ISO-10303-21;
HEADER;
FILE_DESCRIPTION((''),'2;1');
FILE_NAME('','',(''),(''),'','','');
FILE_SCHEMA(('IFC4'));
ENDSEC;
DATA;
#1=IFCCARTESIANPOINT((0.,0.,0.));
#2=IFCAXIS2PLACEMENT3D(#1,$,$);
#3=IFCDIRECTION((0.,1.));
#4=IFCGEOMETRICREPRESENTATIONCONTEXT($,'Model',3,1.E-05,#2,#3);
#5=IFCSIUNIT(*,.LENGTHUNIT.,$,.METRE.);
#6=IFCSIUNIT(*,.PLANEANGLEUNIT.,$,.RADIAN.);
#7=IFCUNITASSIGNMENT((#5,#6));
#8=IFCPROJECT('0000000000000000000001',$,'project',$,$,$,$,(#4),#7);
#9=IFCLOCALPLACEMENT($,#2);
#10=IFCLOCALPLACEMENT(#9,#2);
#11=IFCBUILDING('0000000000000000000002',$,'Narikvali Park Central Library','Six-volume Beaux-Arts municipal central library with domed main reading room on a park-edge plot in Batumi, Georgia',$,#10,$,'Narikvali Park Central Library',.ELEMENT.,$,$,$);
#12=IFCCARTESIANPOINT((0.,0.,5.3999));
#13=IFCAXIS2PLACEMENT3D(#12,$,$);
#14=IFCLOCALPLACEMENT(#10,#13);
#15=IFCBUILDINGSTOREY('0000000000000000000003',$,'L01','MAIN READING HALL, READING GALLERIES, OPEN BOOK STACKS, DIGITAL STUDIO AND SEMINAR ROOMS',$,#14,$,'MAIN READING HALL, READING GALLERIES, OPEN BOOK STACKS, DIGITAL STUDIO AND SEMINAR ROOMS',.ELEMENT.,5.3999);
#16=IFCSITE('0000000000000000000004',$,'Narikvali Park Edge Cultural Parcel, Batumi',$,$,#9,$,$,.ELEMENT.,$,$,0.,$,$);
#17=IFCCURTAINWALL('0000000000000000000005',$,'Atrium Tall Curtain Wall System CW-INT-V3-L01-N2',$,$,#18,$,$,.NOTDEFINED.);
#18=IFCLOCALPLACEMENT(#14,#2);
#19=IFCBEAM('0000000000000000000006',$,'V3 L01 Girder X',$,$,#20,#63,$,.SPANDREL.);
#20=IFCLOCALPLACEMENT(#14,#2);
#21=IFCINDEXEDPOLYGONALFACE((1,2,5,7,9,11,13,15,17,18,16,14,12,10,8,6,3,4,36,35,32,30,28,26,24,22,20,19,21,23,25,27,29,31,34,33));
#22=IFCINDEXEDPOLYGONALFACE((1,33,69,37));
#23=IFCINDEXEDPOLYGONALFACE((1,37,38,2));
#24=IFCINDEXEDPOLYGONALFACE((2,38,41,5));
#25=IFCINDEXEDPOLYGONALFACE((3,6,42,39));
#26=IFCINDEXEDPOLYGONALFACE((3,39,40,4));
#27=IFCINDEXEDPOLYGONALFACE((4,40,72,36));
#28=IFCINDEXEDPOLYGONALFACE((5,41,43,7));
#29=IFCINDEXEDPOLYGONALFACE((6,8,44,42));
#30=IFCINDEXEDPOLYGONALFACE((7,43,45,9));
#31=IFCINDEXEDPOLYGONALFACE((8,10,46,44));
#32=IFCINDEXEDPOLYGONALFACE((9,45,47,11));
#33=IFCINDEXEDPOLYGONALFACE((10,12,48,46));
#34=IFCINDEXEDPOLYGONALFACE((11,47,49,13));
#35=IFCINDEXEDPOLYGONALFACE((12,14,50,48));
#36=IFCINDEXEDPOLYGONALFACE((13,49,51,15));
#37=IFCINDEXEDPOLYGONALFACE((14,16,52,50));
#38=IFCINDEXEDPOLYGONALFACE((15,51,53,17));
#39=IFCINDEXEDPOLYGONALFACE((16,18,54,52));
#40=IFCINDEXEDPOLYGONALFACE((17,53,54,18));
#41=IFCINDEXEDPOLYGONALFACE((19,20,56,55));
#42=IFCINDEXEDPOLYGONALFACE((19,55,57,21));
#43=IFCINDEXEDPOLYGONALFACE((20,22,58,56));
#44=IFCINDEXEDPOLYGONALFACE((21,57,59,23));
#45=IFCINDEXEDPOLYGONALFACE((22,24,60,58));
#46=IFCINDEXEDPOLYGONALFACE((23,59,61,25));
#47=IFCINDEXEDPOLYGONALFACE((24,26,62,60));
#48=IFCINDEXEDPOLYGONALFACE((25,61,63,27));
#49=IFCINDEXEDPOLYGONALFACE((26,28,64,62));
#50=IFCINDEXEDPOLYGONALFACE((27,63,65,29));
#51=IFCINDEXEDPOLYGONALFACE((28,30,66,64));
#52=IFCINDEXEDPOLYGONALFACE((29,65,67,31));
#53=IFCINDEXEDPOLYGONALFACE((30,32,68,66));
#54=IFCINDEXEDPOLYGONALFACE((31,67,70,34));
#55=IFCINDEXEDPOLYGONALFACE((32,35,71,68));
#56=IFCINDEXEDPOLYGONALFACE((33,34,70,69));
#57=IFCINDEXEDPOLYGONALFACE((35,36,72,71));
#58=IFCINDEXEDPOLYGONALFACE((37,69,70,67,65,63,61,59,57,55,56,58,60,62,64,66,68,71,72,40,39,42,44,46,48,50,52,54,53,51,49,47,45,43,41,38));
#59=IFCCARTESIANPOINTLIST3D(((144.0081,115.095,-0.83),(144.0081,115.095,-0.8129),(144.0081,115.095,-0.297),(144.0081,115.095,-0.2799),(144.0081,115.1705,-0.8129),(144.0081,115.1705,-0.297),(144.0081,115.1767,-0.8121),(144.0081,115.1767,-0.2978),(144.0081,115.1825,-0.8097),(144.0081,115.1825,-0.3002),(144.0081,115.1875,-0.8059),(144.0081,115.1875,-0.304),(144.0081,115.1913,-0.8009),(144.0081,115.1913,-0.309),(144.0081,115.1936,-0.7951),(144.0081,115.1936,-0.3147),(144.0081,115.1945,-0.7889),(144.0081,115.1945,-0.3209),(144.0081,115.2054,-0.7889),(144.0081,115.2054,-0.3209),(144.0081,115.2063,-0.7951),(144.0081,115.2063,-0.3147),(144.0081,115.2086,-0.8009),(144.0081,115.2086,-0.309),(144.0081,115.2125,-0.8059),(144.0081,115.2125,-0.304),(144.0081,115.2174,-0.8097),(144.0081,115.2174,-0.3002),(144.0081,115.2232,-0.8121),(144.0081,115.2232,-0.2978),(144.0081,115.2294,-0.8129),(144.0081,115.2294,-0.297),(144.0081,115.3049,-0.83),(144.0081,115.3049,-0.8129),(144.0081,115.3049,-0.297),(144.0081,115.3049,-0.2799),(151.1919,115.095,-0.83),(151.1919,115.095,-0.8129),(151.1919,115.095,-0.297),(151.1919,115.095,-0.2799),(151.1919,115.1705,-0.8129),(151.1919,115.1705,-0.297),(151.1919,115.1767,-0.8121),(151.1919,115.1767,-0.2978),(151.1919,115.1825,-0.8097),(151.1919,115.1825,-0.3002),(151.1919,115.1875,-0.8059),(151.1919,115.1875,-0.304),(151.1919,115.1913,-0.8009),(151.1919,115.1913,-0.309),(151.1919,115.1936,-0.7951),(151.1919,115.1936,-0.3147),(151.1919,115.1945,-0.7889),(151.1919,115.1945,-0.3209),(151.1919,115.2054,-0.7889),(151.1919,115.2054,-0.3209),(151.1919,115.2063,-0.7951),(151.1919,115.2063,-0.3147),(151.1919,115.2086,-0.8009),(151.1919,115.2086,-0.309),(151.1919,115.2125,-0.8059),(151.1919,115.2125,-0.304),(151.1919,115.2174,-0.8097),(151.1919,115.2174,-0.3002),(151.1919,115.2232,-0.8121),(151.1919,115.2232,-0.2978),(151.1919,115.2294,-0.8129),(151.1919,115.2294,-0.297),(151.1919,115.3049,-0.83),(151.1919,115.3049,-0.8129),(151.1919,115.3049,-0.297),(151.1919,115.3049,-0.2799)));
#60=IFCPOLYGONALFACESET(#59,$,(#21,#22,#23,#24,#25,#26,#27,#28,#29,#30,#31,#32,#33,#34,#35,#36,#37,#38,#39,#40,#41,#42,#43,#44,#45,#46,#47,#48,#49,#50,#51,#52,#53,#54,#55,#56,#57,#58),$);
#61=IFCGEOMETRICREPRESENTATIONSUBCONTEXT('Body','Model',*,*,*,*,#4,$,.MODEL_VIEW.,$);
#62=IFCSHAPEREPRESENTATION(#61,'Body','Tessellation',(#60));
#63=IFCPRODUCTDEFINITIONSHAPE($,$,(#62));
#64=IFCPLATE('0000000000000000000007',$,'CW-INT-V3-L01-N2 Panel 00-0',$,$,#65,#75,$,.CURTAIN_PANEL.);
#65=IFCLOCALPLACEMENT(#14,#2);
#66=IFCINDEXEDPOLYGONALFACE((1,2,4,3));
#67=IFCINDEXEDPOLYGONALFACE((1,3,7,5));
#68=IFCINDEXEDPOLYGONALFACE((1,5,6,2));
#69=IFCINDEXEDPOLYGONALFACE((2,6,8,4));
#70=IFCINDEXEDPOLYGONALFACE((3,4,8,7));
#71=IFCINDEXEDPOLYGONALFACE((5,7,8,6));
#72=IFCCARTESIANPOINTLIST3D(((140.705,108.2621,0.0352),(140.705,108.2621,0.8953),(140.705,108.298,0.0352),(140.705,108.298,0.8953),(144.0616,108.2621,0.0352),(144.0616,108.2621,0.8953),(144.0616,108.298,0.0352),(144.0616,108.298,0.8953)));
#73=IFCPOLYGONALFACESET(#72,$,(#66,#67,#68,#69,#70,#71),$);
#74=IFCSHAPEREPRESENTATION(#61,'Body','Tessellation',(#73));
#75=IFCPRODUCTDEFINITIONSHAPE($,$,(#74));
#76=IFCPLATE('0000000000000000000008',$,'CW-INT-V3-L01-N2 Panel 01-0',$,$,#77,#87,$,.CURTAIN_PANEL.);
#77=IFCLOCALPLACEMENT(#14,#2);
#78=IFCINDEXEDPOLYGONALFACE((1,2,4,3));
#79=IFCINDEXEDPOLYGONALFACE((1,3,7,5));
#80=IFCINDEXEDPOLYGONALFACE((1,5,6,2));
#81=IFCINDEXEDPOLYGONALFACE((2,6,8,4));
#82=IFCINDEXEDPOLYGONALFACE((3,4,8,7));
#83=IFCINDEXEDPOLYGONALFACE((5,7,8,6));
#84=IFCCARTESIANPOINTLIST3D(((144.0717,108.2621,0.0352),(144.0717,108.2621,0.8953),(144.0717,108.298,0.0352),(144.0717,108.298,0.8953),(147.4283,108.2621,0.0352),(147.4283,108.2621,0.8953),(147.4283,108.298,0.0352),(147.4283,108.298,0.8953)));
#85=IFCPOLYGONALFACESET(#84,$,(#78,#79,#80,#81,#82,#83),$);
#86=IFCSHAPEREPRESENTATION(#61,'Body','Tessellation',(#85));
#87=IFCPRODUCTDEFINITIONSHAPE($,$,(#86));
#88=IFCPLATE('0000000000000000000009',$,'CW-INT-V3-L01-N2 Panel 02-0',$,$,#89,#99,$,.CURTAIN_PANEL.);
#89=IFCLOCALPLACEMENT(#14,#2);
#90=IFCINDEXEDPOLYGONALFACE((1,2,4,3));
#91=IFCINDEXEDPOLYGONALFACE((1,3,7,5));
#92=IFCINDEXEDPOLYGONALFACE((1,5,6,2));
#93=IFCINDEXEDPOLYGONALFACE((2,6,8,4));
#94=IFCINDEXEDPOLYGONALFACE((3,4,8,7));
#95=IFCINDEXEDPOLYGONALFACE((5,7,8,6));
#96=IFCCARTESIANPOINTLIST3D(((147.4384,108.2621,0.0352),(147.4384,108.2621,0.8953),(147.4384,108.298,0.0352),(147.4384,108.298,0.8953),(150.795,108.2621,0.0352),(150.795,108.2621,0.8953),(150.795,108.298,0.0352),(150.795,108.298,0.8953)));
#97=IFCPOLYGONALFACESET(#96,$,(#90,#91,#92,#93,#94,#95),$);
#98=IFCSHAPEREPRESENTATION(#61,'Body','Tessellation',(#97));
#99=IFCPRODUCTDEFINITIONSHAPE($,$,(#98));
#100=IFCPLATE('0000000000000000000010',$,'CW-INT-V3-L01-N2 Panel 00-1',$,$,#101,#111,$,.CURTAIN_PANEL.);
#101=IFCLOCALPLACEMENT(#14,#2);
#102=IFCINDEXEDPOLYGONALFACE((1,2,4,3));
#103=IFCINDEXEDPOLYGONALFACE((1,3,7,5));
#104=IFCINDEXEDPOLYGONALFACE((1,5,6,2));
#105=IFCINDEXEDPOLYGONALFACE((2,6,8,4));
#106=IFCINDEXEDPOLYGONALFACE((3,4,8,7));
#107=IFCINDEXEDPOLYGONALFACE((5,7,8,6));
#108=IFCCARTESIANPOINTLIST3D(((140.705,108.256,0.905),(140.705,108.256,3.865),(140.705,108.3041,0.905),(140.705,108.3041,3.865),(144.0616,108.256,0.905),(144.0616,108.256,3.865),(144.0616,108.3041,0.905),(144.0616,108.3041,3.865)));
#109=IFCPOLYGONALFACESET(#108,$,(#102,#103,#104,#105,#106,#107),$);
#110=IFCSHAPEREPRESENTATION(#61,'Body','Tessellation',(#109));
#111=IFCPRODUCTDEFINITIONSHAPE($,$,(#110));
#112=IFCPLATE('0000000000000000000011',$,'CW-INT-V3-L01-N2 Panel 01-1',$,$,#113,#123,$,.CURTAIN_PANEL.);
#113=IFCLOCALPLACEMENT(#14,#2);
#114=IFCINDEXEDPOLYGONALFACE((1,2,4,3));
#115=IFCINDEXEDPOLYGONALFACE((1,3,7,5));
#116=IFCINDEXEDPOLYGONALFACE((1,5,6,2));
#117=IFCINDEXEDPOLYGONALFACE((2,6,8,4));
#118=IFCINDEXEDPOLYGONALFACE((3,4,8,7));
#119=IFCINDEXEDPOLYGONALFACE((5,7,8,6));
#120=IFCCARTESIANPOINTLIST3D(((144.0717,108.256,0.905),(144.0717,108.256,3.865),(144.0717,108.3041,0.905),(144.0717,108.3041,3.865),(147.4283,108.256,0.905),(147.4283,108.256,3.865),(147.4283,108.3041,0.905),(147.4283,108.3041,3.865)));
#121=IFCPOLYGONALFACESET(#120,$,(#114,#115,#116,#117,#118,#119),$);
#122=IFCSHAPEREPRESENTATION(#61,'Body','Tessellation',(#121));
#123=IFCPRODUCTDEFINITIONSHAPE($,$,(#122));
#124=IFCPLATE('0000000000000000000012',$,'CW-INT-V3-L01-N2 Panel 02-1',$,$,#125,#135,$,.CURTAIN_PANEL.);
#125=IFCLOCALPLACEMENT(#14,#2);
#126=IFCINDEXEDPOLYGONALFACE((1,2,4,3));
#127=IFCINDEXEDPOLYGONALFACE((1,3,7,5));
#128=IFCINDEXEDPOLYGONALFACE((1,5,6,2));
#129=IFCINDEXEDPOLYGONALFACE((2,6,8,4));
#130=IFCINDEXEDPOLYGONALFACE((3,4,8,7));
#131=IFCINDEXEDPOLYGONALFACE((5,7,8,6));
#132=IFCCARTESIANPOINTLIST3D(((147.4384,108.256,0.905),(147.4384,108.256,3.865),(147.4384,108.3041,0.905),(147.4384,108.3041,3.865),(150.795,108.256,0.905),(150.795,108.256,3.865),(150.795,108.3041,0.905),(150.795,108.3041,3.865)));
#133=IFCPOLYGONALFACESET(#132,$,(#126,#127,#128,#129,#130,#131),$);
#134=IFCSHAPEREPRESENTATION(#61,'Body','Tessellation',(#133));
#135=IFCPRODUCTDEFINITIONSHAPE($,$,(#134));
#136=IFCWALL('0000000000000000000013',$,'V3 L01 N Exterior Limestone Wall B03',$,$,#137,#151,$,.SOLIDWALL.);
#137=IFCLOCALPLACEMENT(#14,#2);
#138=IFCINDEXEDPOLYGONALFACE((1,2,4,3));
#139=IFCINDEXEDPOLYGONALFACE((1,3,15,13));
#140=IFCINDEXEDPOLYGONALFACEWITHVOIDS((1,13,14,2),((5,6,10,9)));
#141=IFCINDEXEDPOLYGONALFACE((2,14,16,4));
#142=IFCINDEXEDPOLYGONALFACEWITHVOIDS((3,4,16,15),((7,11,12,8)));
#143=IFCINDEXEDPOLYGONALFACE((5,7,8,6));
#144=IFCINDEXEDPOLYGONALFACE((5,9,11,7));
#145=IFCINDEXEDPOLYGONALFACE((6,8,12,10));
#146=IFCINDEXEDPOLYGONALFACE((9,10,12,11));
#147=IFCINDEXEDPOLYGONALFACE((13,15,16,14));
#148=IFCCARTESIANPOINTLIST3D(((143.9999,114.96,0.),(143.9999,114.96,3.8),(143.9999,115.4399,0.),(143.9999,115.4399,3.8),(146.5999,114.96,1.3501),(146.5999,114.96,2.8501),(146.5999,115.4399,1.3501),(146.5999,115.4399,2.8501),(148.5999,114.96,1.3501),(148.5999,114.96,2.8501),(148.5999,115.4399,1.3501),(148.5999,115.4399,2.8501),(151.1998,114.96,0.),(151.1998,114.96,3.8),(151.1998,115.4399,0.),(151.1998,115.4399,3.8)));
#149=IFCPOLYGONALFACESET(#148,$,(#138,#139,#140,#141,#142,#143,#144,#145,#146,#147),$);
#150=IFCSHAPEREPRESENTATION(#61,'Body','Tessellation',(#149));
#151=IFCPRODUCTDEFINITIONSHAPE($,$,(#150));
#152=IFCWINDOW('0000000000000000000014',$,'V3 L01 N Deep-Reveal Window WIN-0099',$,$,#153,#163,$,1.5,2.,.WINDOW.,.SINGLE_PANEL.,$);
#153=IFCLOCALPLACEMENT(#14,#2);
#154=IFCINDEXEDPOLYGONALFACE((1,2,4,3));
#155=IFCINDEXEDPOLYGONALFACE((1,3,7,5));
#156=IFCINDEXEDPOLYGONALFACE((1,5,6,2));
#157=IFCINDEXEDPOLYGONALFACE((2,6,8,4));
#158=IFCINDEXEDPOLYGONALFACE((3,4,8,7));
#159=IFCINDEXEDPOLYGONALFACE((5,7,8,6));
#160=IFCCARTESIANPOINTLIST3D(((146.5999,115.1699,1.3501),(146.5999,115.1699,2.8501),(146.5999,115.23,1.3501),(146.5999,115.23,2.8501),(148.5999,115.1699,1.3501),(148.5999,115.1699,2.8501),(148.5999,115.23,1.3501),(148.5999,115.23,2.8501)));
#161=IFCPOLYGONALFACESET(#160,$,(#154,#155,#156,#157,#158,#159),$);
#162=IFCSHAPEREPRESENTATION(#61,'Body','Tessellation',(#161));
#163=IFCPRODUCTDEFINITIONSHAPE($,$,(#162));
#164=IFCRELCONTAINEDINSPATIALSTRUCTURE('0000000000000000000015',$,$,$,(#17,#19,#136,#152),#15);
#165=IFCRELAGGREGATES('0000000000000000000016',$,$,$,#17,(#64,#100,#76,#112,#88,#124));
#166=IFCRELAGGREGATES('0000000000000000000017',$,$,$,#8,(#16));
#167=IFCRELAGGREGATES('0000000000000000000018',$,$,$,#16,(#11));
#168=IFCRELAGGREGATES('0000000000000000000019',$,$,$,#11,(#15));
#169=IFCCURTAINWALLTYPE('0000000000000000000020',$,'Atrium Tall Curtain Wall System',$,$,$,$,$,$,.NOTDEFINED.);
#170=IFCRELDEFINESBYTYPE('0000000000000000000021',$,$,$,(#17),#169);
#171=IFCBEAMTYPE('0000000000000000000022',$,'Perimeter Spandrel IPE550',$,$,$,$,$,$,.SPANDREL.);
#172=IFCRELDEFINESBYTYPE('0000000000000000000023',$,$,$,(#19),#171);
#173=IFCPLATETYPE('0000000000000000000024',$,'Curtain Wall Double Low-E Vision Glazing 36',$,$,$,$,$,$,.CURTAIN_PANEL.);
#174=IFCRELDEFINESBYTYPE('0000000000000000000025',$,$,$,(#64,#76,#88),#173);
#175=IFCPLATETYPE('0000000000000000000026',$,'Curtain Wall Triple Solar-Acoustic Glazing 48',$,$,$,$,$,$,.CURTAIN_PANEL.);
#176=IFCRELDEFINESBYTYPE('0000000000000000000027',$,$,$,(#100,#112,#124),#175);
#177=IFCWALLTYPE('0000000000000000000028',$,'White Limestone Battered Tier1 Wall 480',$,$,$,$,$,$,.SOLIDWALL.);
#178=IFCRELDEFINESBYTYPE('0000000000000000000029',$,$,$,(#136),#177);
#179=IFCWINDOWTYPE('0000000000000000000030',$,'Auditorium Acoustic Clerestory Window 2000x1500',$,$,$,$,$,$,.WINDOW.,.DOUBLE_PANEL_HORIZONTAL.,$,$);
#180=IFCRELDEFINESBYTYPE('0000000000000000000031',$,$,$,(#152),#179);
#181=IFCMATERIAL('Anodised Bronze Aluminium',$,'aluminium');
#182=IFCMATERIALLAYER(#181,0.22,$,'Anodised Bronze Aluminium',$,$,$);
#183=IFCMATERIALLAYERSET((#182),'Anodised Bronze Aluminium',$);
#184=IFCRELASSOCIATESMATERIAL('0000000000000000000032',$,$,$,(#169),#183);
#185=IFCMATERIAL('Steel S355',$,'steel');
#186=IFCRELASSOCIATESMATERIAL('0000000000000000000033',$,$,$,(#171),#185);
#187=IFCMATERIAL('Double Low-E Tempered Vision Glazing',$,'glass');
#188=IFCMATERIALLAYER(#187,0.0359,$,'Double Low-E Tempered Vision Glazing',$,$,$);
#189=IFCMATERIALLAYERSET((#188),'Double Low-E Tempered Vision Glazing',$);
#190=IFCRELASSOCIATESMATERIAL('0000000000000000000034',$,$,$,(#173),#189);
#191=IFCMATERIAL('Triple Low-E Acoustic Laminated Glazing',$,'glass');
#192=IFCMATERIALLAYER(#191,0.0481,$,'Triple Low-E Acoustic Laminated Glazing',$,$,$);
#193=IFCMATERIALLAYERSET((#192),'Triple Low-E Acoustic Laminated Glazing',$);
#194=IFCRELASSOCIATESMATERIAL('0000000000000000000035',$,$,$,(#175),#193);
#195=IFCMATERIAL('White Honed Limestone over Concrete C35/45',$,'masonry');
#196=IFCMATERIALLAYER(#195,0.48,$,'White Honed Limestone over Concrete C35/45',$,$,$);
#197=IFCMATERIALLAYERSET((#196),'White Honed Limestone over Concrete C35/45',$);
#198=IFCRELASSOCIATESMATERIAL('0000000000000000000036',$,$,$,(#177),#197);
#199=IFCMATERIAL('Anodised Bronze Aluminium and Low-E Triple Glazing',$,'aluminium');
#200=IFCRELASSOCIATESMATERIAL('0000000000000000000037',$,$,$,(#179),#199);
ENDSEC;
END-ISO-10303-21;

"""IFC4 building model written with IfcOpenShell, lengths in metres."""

from ifc_helpers import new_model, si_unit, direction, frame, frame_2d, origin, origin_2d, place, context, subcontext, project, spatial, rectangle, i_section, extrude, material, layer, layer_set, material_profile, profile_set, type_object, element, fill, aggregate, save


model = new_model("IFC4")

# Units and contexts
model_context = context("Model", 3, precision=1e-05, world=origin(), true_north=direction((0.0, 1.0)))
body_context = subcontext(model_context, "Body", "Model", "MODEL_VIEW")
ifc_project = project(units=[si_unit("LENGTHUNIT", "METRE"), si_unit("PLANEANGLEUNIT", "RADIAN")], contexts=[model_context])

# Site, building, storey
site_placement = place(None, origin())
site = spatial("IfcSite", under=ifc_project, at=site_placement, Name="Narikvali Park Edge Cultural Parcel, Batumi", CompositionType="ELEMENT", RefElevation=0.0)
building_placement = place(site_placement, origin())
building = spatial("IfcBuilding", under=site, at=building_placement, Name="Narikvali Park Central Library", Description="Six-volume Beaux-Arts municipal central library with domed main reading room on a park-edge plot in Batumi, Georgia", LongName="Narikvali Park Central Library", CompositionType="ELEMENT")
storey_placement = place(building_placement, frame((0.0, 0.0, 5.3999)))
storey = spatial("IfcBuildingStorey", under=building, at=storey_placement, Name="L01", Description="MAIN READING HALL, READING GALLERIES, OPEN BOOK STACKS, DIGITAL STUDIO AND SEMINAR ROOMS", LongName="MAIN READING HALL, READING GALLERIES, OPEN BOOK STACKS, DIGITAL STUDIO AND SEMINAR ROOMS", CompositionType="ELEMENT", Elevation=5.3999)

# Shared definitions
ifc_material_1 = material(Name="Steel S355", Category="steel")

# Curtain wall
ifc_material_2 = material(Name="Anodised Bronze Aluminium", Category="aluminium")
ifc_layer_1 = layer(ifc_material_2, 0.22, Name="Anodised Bronze Aluminium")
ifc_layer_set_1 = layer_set([ifc_layer_1], Name="Anodised Bronze Aluminium")
curtain_wall_type = type_object("IfcCurtainWallType", Name="Atrium Tall Curtain Wall System", PredefinedType="NOTDEFINED", material=ifc_layer_set_1)
curtain_wall_placement = place(storey_placement, origin())
curtain_wall = element("IfcCurtainWall", 1, at=curtain_wall_placement, inside=storey, type_object=curtain_wall_type, Name="Atrium Tall Curtain Wall System CW-INT-V3-L01-N2", PredefinedType="NOTDEFINED")

# Beam
ifc_material_profile_1 = material_profile(ifc_material_1, i_section(OverallWidth=0.21, OverallDepth=0.55, WebThickness=0.011, FlangeThickness=0.0171, FilletRadius=0.0239, at=origin_2d()), Name="IPE 550")
ifc_profile_set_1 = profile_set([ifc_material_profile_1], Name="Steel S355")
beam_type = type_object("IfcBeamType", Name="Perimeter Spandrel IPE550", PredefinedType="SPANDREL", material=ifc_profile_set_1)
beam_placement = place(storey_placement, frame((144.0081, 115.2, -0.5549), z_axis=(1.0, 0.0, 0.0), x_axis=(0.0, 1.0, 0.0)))
element("IfcBeam", 2, at=beam_placement, inside=storey, type_object=beam_type, Name="V3 L01 Girder X", PredefinedType="SPANDREL", context=body_context, shape_type="SweptSolid", body=[
    extrude(i_section(OverallWidth=0.21, OverallDepth=0.55, WebThickness=0.011, FlangeThickness=0.0171, FilletRadius=0.0239, at=origin_2d()), origin(), (0.0, 0.0, 1.0), 7.1838),
])

# Plates
ifc_material_3 = material(Name="Double Low-E Tempered Vision Glazing", Category="glass")
ifc_layer_2 = layer(ifc_material_3, 0.0359, Name="Double Low-E Tempered Vision Glazing")
ifc_layer_set_2 = layer_set([ifc_layer_2], Name="Double Low-E Tempered Vision Glazing")
plate_type_1 = type_object("IfcPlateType", Name="Curtain Wall Double Low-E Vision Glazing 36", PredefinedType="CURTAIN_PANEL", material=ifc_layer_set_2)
plate_1_placement = place(storey_placement, frame((142.3833, 108.28, 0.0352), z_axis=(0.0, 0.0, 1.0), x_axis=(1.0, 0.0, 0.0)))
plate_1 = element("IfcPlate", 3, at=plate_1_placement, type_object=plate_type_1, Name="CW-INT-V3-L01-N2 Panel 00-0", PredefinedType="CURTAIN_PANEL", context=body_context, shape_type="SweptSolid", body=[
    extrude(rectangle(XDim=3.3567, YDim=0.0359, at=origin_2d()), origin(), (0.0, 0.0, 1.0), 0.8601),
])
plate_2_placement = place(storey_placement, frame((145.75, 108.28, 0.0352), z_axis=(0.0, 0.0, 1.0), x_axis=(1.0, 0.0, 0.0)))
plate_2 = element("IfcPlate", 4, at=plate_2_placement, type_object=plate_type_1, Name="CW-INT-V3-L01-N2 Panel 01-0", PredefinedType="CURTAIN_PANEL", context=body_context, shape_type="SweptSolid", body=[
    extrude(rectangle(XDim=3.3567, YDim=0.0359, at=origin_2d()), origin(), (0.0, 0.0, 1.0), 0.8601),
])
plate_3_placement = place(storey_placement, frame((149.1167, 108.28, 0.0352), z_axis=(0.0, 0.0, 1.0), x_axis=(1.0, 0.0, 0.0)))
plate_3 = element("IfcPlate", 5, at=plate_3_placement, type_object=plate_type_1, Name="CW-INT-V3-L01-N2 Panel 02-0", PredefinedType="CURTAIN_PANEL", context=body_context, shape_type="SweptSolid", body=[
    extrude(rectangle(XDim=3.3567, YDim=0.0359, at=origin_2d()), origin(), (0.0, 0.0, 1.0), 0.8601),
])
ifc_material_4 = material(Name="Triple Low-E Acoustic Laminated Glazing", Category="glass")
ifc_layer_3 = layer(ifc_material_4, 0.0481, Name="Triple Low-E Acoustic Laminated Glazing")
ifc_layer_set_3 = layer_set([ifc_layer_3], Name="Triple Low-E Acoustic Laminated Glazing")
plate_type_2 = type_object("IfcPlateType", Name="Curtain Wall Triple Solar-Acoustic Glazing 48", PredefinedType="CURTAIN_PANEL", material=ifc_layer_set_3)
plate_4_placement = place(storey_placement, frame((142.3833, 108.28, 0.905), z_axis=(0.0, 0.0, 1.0), x_axis=(1.0, 0.0, 0.0)))
plate_4 = element("IfcPlate", 6, at=plate_4_placement, type_object=plate_type_2, Name="CW-INT-V3-L01-N2 Panel 00-1", PredefinedType="CURTAIN_PANEL", context=body_context, shape_type="SweptSolid", body=[
    extrude(rectangle(XDim=3.3567, YDim=0.0481, at=origin_2d()), origin(), (0.0, 0.0, 1.0), 2.96),
])
plate_5_placement = place(storey_placement, frame((145.75, 108.28, 0.905), z_axis=(0.0, 0.0, 1.0), x_axis=(1.0, 0.0, 0.0)))
plate_5 = element("IfcPlate", 7, at=plate_5_placement, type_object=plate_type_2, Name="CW-INT-V3-L01-N2 Panel 01-1", PredefinedType="CURTAIN_PANEL", context=body_context, shape_type="SweptSolid", body=[
    extrude(rectangle(XDim=3.3567, YDim=0.0481, at=origin_2d()), origin(), (0.0, 0.0, 1.0), 2.96),
])
plate_6_placement = place(storey_placement, frame((149.1167, 108.28, 0.905), z_axis=(0.0, 0.0, 1.0), x_axis=(1.0, 0.0, 0.0)))
plate_6 = element("IfcPlate", 8, at=plate_6_placement, type_object=plate_type_2, Name="CW-INT-V3-L01-N2 Panel 02-1", PredefinedType="CURTAIN_PANEL", context=body_context, shape_type="SweptSolid", body=[
    extrude(rectangle(XDim=3.3567, YDim=0.0481, at=origin_2d()), origin(), (0.0, 0.0, 1.0), 2.96),
])
aggregate(curtain_wall, [plate_1, plate_4, plate_2, plate_5, plate_3, plate_6])

# Wall, opening, window
ifc_material_5 = material(Name="White Honed Limestone over Concrete C35/45", Category="masonry")
ifc_layer_4 = layer(ifc_material_5, 0.48, Name="White Honed Limestone over Concrete C35/45")
ifc_layer_set_4 = layer_set([ifc_layer_4], Name="White Honed Limestone over Concrete C35/45")
wall_type = type_object("IfcWallType", Name="White Limestone Battered Tier1 Wall 480", PredefinedType="SOLIDWALL", material=ifc_layer_set_4)
wall_1_placement = place(storey_placement, frame((151.2, 115.2, 0.0), z_axis=(0.0, 0.0, 1.0), x_axis=(-1.0, 0.0, 0.0)))
wall_1 = element("IfcWall", 9, at=wall_1_placement, inside=storey, type_object=wall_type, Name="V3 L01 N Exterior Limestone Wall B03", PredefinedType="SOLIDWALL", context=body_context, shape_type="SweptSolid", body=[
    extrude(rectangle(XDim=7.2, YDim=0.48, at=frame_2d((3.6001, 0.0))), origin(), (0.0, 0.0, 1.0), 3.8),
])
opening_1_placement = place(wall_1_placement, frame((2.6001, 0.0, 1.3501)))
opening_1 = element("IfcOpeningElement", 10, at=opening_1_placement, cuts=wall_1, PredefinedType="OPENING", context=body_context, shape_type="SweptSolid", body=[
    extrude(rectangle(XDim=2.0, YDim=1.5, at=frame_2d((1.0, 0.75))), frame((0.0, 0.252, 0.0), z_axis=(0.0, -1.0, 0.0), x_axis=(1.0, 0.0, 0.0)), (0.0, 0.0, 1.0), 0.5039),
])
ifc_material_6 = material(Name="Anodised Bronze Aluminium and Low-E Triple Glazing", Category="aluminium")
window_type = type_object("IfcWindowType", Name="Auditorium Acoustic Clerestory Window 2000x1500", PartitioningType="DOUBLE_PANEL_HORIZONTAL", PredefinedType="WINDOW", material=ifc_material_6)
window_1_placement = place(opening_1_placement, origin())
window_1 = element("IfcWindow", 11, at=window_1_placement, inside=storey, type_object=window_type, Name="V3 L01 N Deep-Reveal Window WIN-0099", OverallHeight=1.5, OverallWidth=2.0, PartitioningType="SINGLE_PANEL", PredefinedType="WINDOW", context=body_context, shape_type="SweptSolid", body=[
    extrude(rectangle(XDim=2.0, YDim=1.5, at=frame_2d((1.0, 0.75))), frame((0.0, 0.03, 0.0), z_axis=(0.0, -1.0, 0.0), x_axis=(1.0, 0.0, 0.0)), (0.0, 0.0, 1.0), 0.0601),
])
fill(opening_1, window_1)

save(model, "model.ifc")
